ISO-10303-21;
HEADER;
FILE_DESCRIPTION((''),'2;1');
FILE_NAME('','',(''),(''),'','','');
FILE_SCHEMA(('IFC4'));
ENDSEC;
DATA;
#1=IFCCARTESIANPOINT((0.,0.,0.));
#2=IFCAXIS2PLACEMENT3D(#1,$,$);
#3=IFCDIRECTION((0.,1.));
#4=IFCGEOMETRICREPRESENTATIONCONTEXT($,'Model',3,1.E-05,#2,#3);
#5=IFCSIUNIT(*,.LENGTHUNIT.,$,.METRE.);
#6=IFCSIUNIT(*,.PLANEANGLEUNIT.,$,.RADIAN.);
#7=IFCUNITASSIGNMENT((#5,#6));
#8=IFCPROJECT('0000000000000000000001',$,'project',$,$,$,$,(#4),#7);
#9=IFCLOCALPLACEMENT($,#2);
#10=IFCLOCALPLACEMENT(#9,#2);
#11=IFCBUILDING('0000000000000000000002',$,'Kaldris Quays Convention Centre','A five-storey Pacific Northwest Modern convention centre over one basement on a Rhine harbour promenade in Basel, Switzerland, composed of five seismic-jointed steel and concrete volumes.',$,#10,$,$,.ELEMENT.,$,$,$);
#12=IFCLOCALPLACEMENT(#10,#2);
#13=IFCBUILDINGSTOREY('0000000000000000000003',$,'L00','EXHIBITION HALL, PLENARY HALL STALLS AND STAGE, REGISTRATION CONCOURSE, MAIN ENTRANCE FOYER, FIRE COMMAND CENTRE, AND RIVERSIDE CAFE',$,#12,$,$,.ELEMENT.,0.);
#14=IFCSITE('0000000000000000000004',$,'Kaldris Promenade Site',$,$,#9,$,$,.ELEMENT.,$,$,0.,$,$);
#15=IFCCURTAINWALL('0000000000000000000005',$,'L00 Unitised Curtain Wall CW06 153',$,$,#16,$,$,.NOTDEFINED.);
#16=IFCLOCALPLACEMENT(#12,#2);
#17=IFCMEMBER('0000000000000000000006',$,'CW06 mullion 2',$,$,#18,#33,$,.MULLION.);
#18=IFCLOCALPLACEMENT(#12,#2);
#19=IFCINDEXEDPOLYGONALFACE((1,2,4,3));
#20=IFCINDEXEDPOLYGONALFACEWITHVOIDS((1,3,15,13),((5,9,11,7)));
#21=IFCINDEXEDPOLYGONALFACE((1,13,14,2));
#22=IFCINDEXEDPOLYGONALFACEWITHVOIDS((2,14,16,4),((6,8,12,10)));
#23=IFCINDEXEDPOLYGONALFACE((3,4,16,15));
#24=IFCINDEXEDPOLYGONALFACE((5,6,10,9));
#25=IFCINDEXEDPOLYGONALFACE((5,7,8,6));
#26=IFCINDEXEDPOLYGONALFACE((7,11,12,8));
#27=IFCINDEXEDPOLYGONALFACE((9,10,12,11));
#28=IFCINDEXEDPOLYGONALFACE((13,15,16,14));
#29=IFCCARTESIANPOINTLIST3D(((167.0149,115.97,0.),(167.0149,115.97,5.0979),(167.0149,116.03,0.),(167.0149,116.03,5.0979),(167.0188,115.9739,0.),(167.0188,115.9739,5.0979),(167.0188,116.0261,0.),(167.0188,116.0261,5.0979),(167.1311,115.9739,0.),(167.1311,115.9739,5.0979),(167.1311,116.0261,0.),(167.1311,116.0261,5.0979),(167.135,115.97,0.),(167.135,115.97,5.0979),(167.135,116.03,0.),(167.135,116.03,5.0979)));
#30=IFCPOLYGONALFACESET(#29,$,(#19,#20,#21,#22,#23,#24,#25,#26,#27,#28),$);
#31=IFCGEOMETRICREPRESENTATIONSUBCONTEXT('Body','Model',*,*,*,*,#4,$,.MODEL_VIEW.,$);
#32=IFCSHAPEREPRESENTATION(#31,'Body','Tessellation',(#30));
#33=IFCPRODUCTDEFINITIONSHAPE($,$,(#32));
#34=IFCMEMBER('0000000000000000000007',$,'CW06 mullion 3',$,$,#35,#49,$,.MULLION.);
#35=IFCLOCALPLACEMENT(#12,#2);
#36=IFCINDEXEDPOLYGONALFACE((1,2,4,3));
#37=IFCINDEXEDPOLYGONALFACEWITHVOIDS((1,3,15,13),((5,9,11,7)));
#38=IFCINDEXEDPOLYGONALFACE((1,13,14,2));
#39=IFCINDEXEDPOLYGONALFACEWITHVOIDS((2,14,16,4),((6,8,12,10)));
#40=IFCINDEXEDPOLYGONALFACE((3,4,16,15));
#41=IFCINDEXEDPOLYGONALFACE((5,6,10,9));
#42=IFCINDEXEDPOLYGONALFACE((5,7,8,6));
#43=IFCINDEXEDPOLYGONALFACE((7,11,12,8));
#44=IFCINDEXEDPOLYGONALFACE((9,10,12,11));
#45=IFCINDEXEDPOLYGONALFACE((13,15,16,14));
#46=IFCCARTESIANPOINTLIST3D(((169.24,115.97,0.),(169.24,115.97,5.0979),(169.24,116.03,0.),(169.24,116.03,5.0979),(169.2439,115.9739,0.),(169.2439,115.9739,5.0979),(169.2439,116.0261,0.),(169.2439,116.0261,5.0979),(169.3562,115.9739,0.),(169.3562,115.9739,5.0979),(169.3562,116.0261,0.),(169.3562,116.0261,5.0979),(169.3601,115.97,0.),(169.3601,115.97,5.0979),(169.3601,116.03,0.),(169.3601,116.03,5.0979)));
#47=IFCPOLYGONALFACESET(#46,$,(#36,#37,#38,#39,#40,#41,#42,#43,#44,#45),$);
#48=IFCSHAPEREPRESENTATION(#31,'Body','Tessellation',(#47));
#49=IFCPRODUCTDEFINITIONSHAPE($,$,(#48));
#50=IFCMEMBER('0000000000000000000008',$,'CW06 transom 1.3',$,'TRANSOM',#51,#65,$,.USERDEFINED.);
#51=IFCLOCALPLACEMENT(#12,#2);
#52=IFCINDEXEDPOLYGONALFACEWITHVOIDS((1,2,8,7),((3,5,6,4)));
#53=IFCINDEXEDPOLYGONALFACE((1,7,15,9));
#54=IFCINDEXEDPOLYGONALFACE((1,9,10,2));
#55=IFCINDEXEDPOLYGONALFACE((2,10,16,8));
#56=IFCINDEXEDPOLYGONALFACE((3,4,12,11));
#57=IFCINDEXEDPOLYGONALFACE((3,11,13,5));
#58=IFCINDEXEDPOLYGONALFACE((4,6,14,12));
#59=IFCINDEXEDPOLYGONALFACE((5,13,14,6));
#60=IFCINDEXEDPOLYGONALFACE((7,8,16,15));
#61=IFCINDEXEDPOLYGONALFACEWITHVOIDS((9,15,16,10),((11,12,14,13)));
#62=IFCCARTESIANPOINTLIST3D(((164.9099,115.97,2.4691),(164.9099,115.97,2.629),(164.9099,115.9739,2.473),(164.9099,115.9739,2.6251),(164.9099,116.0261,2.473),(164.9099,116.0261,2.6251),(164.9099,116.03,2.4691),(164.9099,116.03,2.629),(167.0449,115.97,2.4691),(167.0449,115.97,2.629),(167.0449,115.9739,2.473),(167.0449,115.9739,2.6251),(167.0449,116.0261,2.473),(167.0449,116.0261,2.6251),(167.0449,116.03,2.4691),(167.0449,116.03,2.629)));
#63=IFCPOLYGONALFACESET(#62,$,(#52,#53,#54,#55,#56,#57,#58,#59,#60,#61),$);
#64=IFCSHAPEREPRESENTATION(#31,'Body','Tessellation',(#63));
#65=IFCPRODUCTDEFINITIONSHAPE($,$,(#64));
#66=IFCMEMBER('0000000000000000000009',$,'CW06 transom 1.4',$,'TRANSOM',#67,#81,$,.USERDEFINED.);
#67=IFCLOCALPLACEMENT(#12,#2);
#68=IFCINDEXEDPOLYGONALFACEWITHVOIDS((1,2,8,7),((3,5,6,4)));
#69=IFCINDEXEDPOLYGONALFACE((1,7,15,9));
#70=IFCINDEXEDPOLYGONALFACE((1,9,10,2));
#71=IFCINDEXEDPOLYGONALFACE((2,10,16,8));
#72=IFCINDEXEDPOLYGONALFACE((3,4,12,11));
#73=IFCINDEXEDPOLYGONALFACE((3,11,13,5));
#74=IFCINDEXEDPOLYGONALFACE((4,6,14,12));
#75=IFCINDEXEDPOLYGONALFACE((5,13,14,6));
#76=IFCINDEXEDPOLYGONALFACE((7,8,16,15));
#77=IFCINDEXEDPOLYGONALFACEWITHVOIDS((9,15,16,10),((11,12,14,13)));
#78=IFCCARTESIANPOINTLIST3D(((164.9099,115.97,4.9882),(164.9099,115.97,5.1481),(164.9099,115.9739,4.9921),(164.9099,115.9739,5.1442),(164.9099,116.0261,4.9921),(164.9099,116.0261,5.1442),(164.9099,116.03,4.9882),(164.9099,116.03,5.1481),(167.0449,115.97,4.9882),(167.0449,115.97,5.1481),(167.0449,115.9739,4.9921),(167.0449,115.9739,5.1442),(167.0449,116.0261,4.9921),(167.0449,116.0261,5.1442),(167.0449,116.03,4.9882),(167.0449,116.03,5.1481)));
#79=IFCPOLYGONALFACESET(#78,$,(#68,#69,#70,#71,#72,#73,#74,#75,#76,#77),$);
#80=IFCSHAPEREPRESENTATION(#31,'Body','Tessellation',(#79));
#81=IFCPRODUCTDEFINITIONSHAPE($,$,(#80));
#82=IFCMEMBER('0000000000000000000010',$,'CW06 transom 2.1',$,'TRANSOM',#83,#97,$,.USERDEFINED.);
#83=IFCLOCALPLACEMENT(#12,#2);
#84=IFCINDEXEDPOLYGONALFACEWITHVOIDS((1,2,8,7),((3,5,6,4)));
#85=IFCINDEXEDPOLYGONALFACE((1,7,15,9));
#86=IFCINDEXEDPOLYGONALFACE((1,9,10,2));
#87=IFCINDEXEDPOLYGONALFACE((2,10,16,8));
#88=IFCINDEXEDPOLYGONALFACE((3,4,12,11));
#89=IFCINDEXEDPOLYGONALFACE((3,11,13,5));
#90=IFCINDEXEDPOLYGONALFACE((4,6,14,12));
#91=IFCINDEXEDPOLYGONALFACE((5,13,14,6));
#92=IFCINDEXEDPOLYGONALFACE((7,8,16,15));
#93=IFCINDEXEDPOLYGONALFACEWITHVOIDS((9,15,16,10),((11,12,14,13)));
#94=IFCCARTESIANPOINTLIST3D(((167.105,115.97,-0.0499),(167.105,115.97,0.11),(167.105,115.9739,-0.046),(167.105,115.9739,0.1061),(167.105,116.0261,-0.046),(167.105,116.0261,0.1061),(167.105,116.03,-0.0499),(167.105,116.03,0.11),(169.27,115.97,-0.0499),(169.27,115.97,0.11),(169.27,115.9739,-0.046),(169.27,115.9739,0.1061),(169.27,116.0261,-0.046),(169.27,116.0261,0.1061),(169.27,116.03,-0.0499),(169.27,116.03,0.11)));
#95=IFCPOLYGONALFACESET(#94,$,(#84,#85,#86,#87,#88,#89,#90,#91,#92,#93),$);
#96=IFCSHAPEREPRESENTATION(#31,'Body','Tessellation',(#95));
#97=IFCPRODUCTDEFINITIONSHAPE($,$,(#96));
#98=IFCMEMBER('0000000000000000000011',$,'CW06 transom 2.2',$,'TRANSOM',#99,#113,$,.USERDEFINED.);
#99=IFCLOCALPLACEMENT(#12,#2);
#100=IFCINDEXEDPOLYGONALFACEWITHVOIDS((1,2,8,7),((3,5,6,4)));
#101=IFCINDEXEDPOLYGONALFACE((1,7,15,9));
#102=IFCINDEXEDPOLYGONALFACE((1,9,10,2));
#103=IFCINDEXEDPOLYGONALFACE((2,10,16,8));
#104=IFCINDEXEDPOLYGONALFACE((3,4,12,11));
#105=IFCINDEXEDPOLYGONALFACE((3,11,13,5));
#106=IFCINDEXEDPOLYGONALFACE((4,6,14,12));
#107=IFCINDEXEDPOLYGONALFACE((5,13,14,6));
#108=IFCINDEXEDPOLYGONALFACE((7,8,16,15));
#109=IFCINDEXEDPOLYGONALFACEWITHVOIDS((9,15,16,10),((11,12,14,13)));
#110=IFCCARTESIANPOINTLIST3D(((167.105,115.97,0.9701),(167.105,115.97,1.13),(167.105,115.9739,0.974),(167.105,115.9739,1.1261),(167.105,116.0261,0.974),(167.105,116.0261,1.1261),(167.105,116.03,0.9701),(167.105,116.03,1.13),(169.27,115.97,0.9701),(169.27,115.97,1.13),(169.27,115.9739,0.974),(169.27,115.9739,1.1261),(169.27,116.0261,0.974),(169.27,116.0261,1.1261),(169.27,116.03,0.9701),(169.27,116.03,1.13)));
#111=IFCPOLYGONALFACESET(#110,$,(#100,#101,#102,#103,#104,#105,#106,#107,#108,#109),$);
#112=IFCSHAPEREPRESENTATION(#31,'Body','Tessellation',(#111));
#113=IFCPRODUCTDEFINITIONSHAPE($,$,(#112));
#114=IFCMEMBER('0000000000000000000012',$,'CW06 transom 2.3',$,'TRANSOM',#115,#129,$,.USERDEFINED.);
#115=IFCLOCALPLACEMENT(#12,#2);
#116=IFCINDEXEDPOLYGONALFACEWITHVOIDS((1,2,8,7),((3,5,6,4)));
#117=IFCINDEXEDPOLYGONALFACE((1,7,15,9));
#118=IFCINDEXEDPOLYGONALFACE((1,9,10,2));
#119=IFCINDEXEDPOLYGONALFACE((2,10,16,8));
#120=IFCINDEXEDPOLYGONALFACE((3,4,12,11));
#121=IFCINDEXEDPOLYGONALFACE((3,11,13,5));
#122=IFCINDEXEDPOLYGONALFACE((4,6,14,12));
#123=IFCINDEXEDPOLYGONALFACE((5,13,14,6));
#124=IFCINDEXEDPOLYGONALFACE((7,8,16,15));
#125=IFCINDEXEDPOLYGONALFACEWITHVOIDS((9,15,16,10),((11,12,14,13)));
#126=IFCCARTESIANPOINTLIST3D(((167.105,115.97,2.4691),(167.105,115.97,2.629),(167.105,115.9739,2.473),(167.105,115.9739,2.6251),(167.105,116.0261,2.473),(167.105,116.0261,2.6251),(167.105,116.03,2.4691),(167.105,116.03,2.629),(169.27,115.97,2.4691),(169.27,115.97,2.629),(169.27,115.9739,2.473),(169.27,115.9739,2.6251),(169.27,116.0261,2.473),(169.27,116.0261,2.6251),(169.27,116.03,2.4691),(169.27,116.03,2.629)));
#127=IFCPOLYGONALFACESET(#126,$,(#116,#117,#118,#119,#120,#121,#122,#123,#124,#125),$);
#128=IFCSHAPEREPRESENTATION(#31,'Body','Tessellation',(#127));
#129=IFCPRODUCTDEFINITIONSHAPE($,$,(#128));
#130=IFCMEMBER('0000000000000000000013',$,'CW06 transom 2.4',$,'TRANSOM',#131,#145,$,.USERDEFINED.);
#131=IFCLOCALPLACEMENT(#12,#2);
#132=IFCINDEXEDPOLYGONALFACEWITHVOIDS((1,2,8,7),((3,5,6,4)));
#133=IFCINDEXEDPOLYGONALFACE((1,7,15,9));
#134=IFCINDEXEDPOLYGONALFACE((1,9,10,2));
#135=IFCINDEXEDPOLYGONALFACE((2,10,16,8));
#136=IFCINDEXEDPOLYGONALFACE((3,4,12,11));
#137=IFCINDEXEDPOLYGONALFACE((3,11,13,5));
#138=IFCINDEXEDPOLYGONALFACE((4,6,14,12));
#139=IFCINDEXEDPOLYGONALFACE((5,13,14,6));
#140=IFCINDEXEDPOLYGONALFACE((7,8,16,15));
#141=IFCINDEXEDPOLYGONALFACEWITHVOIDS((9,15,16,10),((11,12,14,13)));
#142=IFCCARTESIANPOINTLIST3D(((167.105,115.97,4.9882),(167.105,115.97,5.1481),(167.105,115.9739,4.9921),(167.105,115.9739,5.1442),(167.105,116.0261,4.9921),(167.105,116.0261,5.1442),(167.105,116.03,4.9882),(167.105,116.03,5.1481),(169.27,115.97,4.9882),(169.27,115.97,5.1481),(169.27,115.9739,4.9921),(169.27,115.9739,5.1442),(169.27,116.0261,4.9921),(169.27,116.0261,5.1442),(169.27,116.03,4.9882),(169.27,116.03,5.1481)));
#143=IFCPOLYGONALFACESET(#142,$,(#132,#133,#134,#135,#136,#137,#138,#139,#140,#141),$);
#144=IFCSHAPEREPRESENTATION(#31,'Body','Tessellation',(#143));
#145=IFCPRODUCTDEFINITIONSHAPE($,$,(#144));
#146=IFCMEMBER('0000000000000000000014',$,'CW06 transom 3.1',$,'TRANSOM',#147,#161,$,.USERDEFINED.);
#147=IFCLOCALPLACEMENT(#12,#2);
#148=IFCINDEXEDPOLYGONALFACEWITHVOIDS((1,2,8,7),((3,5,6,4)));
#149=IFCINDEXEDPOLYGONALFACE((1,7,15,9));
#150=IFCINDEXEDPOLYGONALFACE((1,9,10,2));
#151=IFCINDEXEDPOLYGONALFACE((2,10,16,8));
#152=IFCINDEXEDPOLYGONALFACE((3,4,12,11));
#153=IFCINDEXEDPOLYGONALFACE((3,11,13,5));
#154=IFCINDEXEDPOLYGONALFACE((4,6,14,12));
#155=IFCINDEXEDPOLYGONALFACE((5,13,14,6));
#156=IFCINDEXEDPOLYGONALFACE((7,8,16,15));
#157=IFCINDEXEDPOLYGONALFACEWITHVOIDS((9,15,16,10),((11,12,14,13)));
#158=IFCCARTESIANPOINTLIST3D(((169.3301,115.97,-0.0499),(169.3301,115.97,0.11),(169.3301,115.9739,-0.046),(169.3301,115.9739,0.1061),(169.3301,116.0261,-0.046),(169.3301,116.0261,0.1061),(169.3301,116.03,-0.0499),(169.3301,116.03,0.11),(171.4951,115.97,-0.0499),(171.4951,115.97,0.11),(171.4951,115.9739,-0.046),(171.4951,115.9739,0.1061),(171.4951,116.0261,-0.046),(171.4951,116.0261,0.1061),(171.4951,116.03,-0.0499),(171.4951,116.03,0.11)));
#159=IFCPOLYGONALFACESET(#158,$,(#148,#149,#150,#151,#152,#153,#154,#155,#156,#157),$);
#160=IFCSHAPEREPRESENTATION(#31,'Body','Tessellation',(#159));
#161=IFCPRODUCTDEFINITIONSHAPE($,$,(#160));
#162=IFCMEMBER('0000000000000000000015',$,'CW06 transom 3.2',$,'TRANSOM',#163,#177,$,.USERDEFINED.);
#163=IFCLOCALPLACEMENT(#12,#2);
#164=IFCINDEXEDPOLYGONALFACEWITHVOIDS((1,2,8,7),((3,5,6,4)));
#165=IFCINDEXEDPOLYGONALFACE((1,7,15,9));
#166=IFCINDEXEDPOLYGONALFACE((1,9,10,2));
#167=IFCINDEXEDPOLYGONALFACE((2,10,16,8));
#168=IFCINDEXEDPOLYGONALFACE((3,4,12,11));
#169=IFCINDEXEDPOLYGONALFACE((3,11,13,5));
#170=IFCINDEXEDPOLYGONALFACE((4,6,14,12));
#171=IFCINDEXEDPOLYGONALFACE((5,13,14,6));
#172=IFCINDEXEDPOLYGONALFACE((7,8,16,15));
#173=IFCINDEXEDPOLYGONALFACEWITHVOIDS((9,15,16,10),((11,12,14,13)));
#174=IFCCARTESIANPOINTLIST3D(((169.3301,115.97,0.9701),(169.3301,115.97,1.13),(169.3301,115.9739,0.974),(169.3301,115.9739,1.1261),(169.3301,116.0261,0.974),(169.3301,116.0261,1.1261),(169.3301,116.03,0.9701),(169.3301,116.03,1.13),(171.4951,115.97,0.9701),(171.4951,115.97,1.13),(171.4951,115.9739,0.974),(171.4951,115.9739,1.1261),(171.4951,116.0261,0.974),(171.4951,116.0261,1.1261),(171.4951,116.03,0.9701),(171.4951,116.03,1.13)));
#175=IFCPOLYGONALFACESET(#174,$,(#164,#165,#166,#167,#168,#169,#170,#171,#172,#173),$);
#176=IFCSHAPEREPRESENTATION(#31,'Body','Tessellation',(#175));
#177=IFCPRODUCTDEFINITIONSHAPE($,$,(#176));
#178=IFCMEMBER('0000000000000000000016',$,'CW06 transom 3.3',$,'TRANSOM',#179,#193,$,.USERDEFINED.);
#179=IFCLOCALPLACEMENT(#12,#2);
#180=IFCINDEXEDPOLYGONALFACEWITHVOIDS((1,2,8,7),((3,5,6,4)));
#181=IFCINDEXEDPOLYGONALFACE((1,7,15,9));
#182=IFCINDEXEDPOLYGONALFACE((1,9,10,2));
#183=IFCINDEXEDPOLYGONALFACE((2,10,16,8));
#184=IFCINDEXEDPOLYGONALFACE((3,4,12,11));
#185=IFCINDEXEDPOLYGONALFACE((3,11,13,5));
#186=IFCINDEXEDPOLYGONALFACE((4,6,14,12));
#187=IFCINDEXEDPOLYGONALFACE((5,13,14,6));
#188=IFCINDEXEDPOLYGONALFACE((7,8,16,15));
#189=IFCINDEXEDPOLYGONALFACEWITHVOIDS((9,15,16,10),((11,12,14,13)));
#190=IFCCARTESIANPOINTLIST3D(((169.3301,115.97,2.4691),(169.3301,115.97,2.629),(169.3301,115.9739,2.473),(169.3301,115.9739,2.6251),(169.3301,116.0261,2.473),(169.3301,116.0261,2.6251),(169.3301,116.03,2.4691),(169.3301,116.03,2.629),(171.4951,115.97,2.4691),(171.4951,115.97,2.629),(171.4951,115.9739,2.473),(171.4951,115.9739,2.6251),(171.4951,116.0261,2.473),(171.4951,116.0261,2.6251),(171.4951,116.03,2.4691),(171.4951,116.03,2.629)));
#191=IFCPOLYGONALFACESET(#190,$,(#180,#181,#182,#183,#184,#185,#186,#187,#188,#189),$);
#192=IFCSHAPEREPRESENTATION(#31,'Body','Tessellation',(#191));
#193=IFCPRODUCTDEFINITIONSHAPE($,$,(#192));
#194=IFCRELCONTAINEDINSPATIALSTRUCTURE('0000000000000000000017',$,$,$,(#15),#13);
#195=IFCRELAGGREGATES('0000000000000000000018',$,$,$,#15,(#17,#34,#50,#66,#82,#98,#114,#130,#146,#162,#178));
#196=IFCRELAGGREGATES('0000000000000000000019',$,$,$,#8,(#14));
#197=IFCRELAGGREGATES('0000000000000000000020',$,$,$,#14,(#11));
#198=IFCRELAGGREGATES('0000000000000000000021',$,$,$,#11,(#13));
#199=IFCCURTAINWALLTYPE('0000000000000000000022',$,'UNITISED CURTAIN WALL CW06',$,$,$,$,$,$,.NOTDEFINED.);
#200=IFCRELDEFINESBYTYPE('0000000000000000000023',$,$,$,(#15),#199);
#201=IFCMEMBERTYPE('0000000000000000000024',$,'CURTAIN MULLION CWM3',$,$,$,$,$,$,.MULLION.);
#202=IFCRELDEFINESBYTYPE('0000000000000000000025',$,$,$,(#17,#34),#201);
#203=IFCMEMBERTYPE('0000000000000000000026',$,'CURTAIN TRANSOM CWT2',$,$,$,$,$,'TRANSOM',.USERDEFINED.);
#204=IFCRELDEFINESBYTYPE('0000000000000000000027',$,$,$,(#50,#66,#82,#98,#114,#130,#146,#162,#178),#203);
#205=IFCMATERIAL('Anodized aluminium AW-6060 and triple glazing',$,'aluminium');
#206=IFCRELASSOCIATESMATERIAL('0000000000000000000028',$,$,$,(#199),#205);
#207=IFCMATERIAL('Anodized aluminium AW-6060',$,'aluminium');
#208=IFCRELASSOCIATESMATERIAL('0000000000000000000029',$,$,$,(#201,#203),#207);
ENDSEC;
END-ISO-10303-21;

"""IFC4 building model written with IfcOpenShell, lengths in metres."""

from ifc_helpers import new_model, si_unit, direction, frame, origin, origin_2d, place, context, subcontext, project, spatial, hollow_rectangle, extrude, material, material_profile, profile_set, type_object, element, aggregate, save


model = new_model("IFC4")

# Units and contexts
model_context = context("Model", 3, precision=1e-05, world=origin(), true_north=direction((0.0, 1.0)))
body_context = subcontext(model_context, "Body", "Model", "MODEL_VIEW")
ifc_project = project(units=[si_unit("LENGTHUNIT", "METRE"), si_unit("PLANEANGLEUNIT", "RADIAN")], contexts=[model_context])

# Site, building, storey
site_placement = place(None, origin())
site = spatial("IfcSite", under=ifc_project, at=site_placement, Name="Kaldris Promenade Site", CompositionType="ELEMENT", RefElevation=0.0)
building_placement = place(site_placement, origin())
building = spatial("IfcBuilding", under=site, at=building_placement, Name="Kaldris Quays Convention Centre", Description="A five-storey Pacific Northwest Modern convention centre over one basement on a Rhine harbour promenade in Basel, Switzerland, composed of five seismic-jointed steel and concrete volumes.", CompositionType="ELEMENT")
storey_placement = place(building_placement, origin())
storey = spatial("IfcBuildingStorey", under=building, at=storey_placement, Name="L00", Description="EXHIBITION HALL, PLENARY HALL STALLS AND STAGE, REGISTRATION CONCOURSE, MAIN ENTRANCE FOYER, FIRE COMMAND CENTRE, AND RIVERSIDE CAFE", CompositionType="ELEMENT", Elevation=0.0)

# Curtain wall, members
ifc_material_1 = material(Name="Anodized aluminium AW-6060 and triple glazing", Category="aluminium")
curtain_wall_type = type_object("IfcCurtainWallType", Name="UNITISED CURTAIN WALL CW06", PredefinedType="NOTDEFINED", material=ifc_material_1)
curtain_wall_placement = place(storey_placement, origin())
curtain_wall = element("IfcCurtainWall", 1, at=curtain_wall_placement, inside=storey, type_object=curtain_wall_type, Name="L00 Unitised Curtain Wall CW06 153", PredefinedType="NOTDEFINED")
ifc_material_2 = material(Name="Anodized aluminium AW-6060", Category="aluminium")
ifc_material_profile_1 = material_profile(ifc_material_2, hollow_rectangle(XDim=0.0601, YDim=0.1201, WallThickness=0.0039, at=origin_2d()), Name="RHS 120x60x4")
ifc_profile_set_1 = profile_set([ifc_material_profile_1], Name="Anodized aluminium AW-6060")
member_type_1 = type_object("IfcMemberType", Name="CURTAIN MULLION CWM3", PredefinedType="MULLION", material=ifc_profile_set_1)
member_1_placement = place(storey_placement, frame((167.075, 116.0, 0.0), z_axis=(0.0, 0.0, 1.0), x_axis=(0.0, 1.0, 0.0)))
member_1 = element("IfcMember", 2, at=member_1_placement, type_object=member_type_1, Name="CW06 mullion 2", PredefinedType="MULLION", context=body_context, shape_type="SweptSolid", body=[
    extrude(hollow_rectangle(XDim=0.0601, YDim=0.1201, WallThickness=0.0039, at=origin_2d()), origin(), (0.0, 0.0, 1.0), 5.0979),
])
member_2_placement = place(storey_placement, frame((169.3, 116.0, 0.0), z_axis=(0.0, 0.0, 1.0), x_axis=(0.0, 1.0, 0.0)))
member_2 = element("IfcMember", 3, at=member_2_placement, type_object=member_type_1, Name="CW06 mullion 3", PredefinedType="MULLION", context=body_context, shape_type="SweptSolid", body=[
    extrude(hollow_rectangle(XDim=0.0601, YDim=0.1201, WallThickness=0.0039, at=origin_2d()), origin(), (0.0, 0.0, 1.0), 5.0979),
])
ifc_material_profile_2 = material_profile(ifc_material_2, hollow_rectangle(XDim=0.0601, YDim=0.1599, WallThickness=0.0039, at=origin_2d()), Name="RHS 160x60x4")
ifc_profile_set_2 = profile_set([ifc_material_profile_2], Name="Anodized aluminium AW-6060")
member_type_2 = type_object("IfcMemberType", Name="CURTAIN TRANSOM CWT2", ElementType="TRANSOM", PredefinedType="USERDEFINED", material=ifc_profile_set_2)
member_3_placement = place(storey_placement, frame((164.9099, 116.0, 2.5491), z_axis=(1.0, 0.0, 0.0), x_axis=(0.0, 1.0, 0.0)))
member_3 = element("IfcMember", 4, at=member_3_placement, type_object=member_type_2, Name="CW06 transom 1.3", ObjectType="TRANSOM", PredefinedType="USERDEFINED", context=body_context, shape_type="SweptSolid", body=[
    extrude(hollow_rectangle(XDim=0.0601, YDim=0.1599, WallThickness=0.0039, at=origin_2d()), origin(), (0.0, 0.0, 1.0), 2.135),
])
member_4_placement = place(storey_placement, frame((164.9099, 116.0, 5.0681), z_axis=(1.0, 0.0, 0.0), x_axis=(0.0, 1.0, 0.0)))
member_4 = element("IfcMember", 5, at=member_4_placement, type_object=member_type_2, Name="CW06 transom 1.4", ObjectType="TRANSOM", PredefinedType="USERDEFINED", context=body_context, shape_type="SweptSolid", body=[
    extrude(hollow_rectangle(XDim=0.0601, YDim=0.1599, WallThickness=0.0039, at=origin_2d()), origin(), (0.0, 0.0, 1.0), 2.135),
])
member_5_placement = place(storey_placement, frame((167.105, 116.0, 0.03), z_axis=(1.0, 0.0, 0.0), x_axis=(0.0, 1.0, 0.0)))
member_5 = element("IfcMember", 6, at=member_5_placement, type_object=member_type_2, Name="CW06 transom 2.1", ObjectType="TRANSOM", PredefinedType="USERDEFINED", context=body_context, shape_type="SweptSolid", body=[
    extrude(hollow_rectangle(XDim=0.0601, YDim=0.1599, WallThickness=0.0039, at=origin_2d()), origin(), (0.0, 0.0, 1.0), 2.165),
])
member_6_placement = place(storey_placement, frame((167.105, 116.0, 1.05), z_axis=(1.0, 0.0, 0.0), x_axis=(0.0, 1.0, 0.0)))
member_6 = element("IfcMember", 7, at=member_6_placement, type_object=member_type_2, Name="CW06 transom 2.2", ObjectType="TRANSOM", PredefinedType="USERDEFINED", context=body_context, shape_type="SweptSolid", body=[
    extrude(hollow_rectangle(XDim=0.0601, YDim=0.1599, WallThickness=0.0039, at=origin_2d()), origin(), (0.0, 0.0, 1.0), 2.165),
])
member_7_placement = place(storey_placement, frame((167.105, 116.0, 2.5491), z_axis=(1.0, 0.0, 0.0), x_axis=(0.0, 1.0, 0.0)))
member_7 = element("IfcMember", 8, at=member_7_placement, type_object=member_type_2, Name="CW06 transom 2.3", ObjectType="TRANSOM", PredefinedType="USERDEFINED", context=body_context, shape_type="SweptSolid", body=[
    extrude(hollow_rectangle(XDim=0.0601, YDim=0.1599, WallThickness=0.0039, at=origin_2d()), origin(), (0.0, 0.0, 1.0), 2.165),
])
member_8_placement = place(storey_placement, frame((167.105, 116.0, 5.0681), z_axis=(1.0, 0.0, 0.0), x_axis=(0.0, 1.0, 0.0)))
member_8 = element("IfcMember", 9, at=member_8_placement, type_object=member_type_2, Name="CW06 transom 2.4", ObjectType="TRANSOM", PredefinedType="USERDEFINED", context=body_context, shape_type="SweptSolid", body=[
    extrude(hollow_rectangle(XDim=0.0601, YDim=0.1599, WallThickness=0.0039, at=origin_2d()), origin(), (0.0, 0.0, 1.0), 2.165),
])
member_9_placement = place(storey_placement, frame((169.3301, 116.0, 0.03), z_axis=(1.0, 0.0, 0.0), x_axis=(0.0, 1.0, 0.0)))
member_9 = element("IfcMember", 10, at=member_9_placement, type_object=member_type_2, Name="CW06 transom 3.1", ObjectType="TRANSOM", PredefinedType="USERDEFINED", context=body_context, shape_type="SweptSolid", body=[
    extrude(hollow_rectangle(XDim=0.0601, YDim=0.1599, WallThickness=0.0039, at=origin_2d()), origin(), (0.0, 0.0, 1.0), 2.165),
])
member_10_placement = place(storey_placement, frame((169.3301, 116.0, 1.05), z_axis=(1.0, 0.0, 0.0), x_axis=(0.0, 1.0, 0.0)))
member_10 = element("IfcMember", 11, at=member_10_placement, type_object=member_type_2, Name="CW06 transom 3.2", ObjectType="TRANSOM", PredefinedType="USERDEFINED", context=body_context, shape_type="SweptSolid", body=[
    extrude(hollow_rectangle(XDim=0.0601, YDim=0.1599, WallThickness=0.0039, at=origin_2d()), origin(), (0.0, 0.0, 1.0), 2.165),
])
member_11_placement = place(storey_placement, frame((169.3301, 116.0, 2.5491), z_axis=(1.0, 0.0, 0.0), x_axis=(0.0, 1.0, 0.0)))
member_11 = element("IfcMember", 12, at=member_11_placement, type_object=member_type_2, Name="CW06 transom 3.3", ObjectType="TRANSOM", PredefinedType="USERDEFINED", context=body_context, shape_type="SweptSolid", body=[
    extrude(hollow_rectangle(XDim=0.0601, YDim=0.1599, WallThickness=0.0039, at=origin_2d()), origin(), (0.0, 0.0, 1.0), 2.165),
])

aggregate(curtain_wall, [member_1, member_2, member_3, member_4, member_5, member_6, member_7, member_8, member_9, member_10, member_11])

save(model, "model.ifc")
